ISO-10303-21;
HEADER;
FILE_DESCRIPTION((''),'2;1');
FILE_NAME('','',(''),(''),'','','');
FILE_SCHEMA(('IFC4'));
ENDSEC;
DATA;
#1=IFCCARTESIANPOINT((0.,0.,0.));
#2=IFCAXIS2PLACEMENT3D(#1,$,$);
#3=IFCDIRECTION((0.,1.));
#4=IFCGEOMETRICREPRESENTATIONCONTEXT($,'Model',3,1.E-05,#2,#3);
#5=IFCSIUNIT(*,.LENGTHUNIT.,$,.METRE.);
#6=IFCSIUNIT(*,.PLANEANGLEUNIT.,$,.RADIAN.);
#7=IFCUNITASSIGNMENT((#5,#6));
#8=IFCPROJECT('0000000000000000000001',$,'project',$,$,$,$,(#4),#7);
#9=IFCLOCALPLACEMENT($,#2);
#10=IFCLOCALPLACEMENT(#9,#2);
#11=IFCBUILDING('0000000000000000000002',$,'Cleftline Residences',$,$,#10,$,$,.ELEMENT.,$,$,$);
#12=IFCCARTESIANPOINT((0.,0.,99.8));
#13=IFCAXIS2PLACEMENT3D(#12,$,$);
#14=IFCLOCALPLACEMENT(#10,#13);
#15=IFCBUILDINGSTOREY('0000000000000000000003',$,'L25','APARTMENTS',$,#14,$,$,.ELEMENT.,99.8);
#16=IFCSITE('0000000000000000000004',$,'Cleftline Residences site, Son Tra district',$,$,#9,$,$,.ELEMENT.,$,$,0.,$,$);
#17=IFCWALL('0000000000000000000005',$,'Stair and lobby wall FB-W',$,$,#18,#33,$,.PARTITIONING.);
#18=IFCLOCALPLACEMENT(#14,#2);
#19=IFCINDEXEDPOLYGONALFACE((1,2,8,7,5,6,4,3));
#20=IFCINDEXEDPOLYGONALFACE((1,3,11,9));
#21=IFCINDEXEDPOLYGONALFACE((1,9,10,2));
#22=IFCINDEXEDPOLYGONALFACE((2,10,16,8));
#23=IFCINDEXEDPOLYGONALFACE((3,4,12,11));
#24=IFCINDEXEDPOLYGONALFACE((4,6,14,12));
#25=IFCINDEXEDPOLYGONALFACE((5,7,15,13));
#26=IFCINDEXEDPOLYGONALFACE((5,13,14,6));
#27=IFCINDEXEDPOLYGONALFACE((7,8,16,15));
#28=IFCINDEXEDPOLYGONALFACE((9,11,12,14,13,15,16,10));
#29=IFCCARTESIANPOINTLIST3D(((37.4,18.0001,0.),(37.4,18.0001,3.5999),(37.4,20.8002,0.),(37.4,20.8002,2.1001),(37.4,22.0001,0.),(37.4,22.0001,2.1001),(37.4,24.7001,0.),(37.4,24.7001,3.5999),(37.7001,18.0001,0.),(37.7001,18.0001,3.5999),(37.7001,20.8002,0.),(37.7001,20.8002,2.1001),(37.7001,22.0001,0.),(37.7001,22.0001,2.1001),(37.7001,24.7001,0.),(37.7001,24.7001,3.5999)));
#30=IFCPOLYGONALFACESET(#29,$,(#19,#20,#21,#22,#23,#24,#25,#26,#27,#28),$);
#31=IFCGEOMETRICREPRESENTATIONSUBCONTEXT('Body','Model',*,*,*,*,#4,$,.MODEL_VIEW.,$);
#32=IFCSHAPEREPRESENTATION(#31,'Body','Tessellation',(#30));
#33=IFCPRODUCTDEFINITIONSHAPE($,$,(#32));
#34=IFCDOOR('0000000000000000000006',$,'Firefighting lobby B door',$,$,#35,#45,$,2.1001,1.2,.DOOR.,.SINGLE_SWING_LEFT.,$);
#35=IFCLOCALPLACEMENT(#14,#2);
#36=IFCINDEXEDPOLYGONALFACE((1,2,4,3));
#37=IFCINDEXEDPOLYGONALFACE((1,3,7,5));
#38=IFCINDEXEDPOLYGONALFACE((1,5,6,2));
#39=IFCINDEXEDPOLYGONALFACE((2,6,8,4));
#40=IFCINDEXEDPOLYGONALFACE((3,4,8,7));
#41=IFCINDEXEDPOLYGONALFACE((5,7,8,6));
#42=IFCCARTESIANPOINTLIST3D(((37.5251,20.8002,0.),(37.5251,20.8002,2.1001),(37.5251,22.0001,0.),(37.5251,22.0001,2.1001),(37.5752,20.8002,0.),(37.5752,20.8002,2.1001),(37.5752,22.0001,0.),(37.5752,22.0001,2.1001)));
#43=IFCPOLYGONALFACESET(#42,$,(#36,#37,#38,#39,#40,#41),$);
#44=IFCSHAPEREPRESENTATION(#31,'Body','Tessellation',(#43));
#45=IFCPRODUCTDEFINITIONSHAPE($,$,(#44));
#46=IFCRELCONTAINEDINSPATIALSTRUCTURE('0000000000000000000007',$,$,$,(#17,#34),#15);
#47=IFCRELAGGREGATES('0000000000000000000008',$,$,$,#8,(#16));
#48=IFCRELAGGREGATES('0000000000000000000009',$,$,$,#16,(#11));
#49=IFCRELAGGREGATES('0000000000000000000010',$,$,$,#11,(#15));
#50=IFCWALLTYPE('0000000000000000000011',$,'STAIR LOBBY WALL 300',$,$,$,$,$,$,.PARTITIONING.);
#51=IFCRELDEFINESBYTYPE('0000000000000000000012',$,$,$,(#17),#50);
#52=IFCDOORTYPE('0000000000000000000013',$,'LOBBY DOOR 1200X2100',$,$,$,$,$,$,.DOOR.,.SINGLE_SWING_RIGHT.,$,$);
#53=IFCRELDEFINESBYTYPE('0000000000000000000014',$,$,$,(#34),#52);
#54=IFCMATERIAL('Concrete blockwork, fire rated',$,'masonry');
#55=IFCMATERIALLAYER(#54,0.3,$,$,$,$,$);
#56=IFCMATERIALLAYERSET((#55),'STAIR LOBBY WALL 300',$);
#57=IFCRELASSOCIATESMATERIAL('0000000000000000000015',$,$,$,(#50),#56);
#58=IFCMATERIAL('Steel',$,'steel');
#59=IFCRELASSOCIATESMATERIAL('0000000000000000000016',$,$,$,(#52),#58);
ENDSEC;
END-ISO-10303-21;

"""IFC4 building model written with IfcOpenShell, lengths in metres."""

from ifc_helpers import new_model, si_unit, direction, frame, frame_2d, origin, place, context, subcontext, project, spatial, rectangle, extrude, material, layer, layer_set, type_object, element, fill, save


model = new_model("IFC4")

# Units and contexts
model_context = context("Model", 3, precision=1e-05, world=origin(), true_north=direction((0.0, 1.0)))
body_context = subcontext(model_context, "Body", "Model", "MODEL_VIEW")
ifc_project = project(units=[si_unit("LENGTHUNIT", "METRE"), si_unit("PLANEANGLEUNIT", "RADIAN")], contexts=[model_context])

# Site, building, storey
site_placement = place(None, origin())
site = spatial("IfcSite", under=ifc_project, at=site_placement, Name="Cleftline Residences site, Son Tra district", CompositionType="ELEMENT", RefElevation=0.0)
building_placement = place(site_placement, origin())
building = spatial("IfcBuilding", under=site, at=building_placement, Name="Cleftline Residences", CompositionType="ELEMENT")
storey_placement = place(building_placement, frame((0.0, 0.0, 99.8)))
storey = spatial("IfcBuildingStorey", under=building, at=storey_placement, Name="L25", Description="APARTMENTS", CompositionType="ELEMENT", Elevation=99.8)

# Wall, opening, door
ifc_material_1 = material(Name="Concrete blockwork, fire rated", Category="masonry")
ifc_layer_1 = layer(ifc_material_1, 0.3)
ifc_layer_set_1 = layer_set([ifc_layer_1], Name="STAIR LOBBY WALL 300")
wall_type_1 = type_object("IfcWallType", Name="STAIR LOBBY WALL 300", PredefinedType="PARTITIONING", material=ifc_layer_set_1)
ifc_material_2 = material(Name="Steel", Category="steel")
door_type_1 = type_object("IfcDoorType", Name="LOBBY DOOR 1200X2100", OperationType="SINGLE_SWING_RIGHT", PredefinedType="DOOR", material=ifc_material_2)
wall_1_placement = place(storey_placement, frame((37.55, 18.0, 0.0), z_axis=(0.0, 0.0, 1.0), x_axis=(0.0, 1.0, 0.0)))
wall_1 = element("IfcWall", 1, at=wall_1_placement, inside=storey, type_object=wall_type_1, Name="Stair and lobby wall FB-W", PredefinedType="PARTITIONING", context=body_context, shape_type="SweptSolid", body=[
    extrude(rectangle(XDim=6.7, YDim=0.3, at=frame_2d((3.3501, 0.0))), origin(), (0.0, 0.0, 1.0), 3.5999),
])
opening_1_placement = place(wall_1_placement, frame((2.8, 0.0, 0.0)))
opening_1 = element("IfcOpeningElement", 2, at=opening_1_placement, cuts=wall_1, PredefinedType="OPENING", context=body_context, shape_type="SweptSolid", body=[
    extrude(rectangle(XDim=1.2, YDim=2.1001, at=frame_2d((0.6001, 1.05))), frame((0.0, 0.1599, 0.0), z_axis=(0.0, -1.0, 0.0), x_axis=(1.0, 0.0, 0.0)), (0.0, 0.0, 1.0), 0.3201),
])
door_1_placement = place(opening_1_placement, origin())
door_1 = element("IfcDoor", 3, at=door_1_placement, inside=storey, type_object=door_type_1, Name="Firefighting lobby B door", OperationType="SINGLE_SWING_LEFT", OverallHeight=2.1001, OverallWidth=1.2, PredefinedType="DOOR", context=body_context, shape_type="SweptSolid", body=[
    extrude(rectangle(XDim=1.2, YDim=2.1001, at=frame_2d((0.6001, 1.05))), frame((0.0, 0.0249, 0.0), z_axis=(0.0, -1.0, 0.0), x_axis=(1.0, 0.0, 0.0)), (0.0, 0.0, 1.0), 0.05),
])
fill(opening_1, door_1)

save(model, "model.ifc")
